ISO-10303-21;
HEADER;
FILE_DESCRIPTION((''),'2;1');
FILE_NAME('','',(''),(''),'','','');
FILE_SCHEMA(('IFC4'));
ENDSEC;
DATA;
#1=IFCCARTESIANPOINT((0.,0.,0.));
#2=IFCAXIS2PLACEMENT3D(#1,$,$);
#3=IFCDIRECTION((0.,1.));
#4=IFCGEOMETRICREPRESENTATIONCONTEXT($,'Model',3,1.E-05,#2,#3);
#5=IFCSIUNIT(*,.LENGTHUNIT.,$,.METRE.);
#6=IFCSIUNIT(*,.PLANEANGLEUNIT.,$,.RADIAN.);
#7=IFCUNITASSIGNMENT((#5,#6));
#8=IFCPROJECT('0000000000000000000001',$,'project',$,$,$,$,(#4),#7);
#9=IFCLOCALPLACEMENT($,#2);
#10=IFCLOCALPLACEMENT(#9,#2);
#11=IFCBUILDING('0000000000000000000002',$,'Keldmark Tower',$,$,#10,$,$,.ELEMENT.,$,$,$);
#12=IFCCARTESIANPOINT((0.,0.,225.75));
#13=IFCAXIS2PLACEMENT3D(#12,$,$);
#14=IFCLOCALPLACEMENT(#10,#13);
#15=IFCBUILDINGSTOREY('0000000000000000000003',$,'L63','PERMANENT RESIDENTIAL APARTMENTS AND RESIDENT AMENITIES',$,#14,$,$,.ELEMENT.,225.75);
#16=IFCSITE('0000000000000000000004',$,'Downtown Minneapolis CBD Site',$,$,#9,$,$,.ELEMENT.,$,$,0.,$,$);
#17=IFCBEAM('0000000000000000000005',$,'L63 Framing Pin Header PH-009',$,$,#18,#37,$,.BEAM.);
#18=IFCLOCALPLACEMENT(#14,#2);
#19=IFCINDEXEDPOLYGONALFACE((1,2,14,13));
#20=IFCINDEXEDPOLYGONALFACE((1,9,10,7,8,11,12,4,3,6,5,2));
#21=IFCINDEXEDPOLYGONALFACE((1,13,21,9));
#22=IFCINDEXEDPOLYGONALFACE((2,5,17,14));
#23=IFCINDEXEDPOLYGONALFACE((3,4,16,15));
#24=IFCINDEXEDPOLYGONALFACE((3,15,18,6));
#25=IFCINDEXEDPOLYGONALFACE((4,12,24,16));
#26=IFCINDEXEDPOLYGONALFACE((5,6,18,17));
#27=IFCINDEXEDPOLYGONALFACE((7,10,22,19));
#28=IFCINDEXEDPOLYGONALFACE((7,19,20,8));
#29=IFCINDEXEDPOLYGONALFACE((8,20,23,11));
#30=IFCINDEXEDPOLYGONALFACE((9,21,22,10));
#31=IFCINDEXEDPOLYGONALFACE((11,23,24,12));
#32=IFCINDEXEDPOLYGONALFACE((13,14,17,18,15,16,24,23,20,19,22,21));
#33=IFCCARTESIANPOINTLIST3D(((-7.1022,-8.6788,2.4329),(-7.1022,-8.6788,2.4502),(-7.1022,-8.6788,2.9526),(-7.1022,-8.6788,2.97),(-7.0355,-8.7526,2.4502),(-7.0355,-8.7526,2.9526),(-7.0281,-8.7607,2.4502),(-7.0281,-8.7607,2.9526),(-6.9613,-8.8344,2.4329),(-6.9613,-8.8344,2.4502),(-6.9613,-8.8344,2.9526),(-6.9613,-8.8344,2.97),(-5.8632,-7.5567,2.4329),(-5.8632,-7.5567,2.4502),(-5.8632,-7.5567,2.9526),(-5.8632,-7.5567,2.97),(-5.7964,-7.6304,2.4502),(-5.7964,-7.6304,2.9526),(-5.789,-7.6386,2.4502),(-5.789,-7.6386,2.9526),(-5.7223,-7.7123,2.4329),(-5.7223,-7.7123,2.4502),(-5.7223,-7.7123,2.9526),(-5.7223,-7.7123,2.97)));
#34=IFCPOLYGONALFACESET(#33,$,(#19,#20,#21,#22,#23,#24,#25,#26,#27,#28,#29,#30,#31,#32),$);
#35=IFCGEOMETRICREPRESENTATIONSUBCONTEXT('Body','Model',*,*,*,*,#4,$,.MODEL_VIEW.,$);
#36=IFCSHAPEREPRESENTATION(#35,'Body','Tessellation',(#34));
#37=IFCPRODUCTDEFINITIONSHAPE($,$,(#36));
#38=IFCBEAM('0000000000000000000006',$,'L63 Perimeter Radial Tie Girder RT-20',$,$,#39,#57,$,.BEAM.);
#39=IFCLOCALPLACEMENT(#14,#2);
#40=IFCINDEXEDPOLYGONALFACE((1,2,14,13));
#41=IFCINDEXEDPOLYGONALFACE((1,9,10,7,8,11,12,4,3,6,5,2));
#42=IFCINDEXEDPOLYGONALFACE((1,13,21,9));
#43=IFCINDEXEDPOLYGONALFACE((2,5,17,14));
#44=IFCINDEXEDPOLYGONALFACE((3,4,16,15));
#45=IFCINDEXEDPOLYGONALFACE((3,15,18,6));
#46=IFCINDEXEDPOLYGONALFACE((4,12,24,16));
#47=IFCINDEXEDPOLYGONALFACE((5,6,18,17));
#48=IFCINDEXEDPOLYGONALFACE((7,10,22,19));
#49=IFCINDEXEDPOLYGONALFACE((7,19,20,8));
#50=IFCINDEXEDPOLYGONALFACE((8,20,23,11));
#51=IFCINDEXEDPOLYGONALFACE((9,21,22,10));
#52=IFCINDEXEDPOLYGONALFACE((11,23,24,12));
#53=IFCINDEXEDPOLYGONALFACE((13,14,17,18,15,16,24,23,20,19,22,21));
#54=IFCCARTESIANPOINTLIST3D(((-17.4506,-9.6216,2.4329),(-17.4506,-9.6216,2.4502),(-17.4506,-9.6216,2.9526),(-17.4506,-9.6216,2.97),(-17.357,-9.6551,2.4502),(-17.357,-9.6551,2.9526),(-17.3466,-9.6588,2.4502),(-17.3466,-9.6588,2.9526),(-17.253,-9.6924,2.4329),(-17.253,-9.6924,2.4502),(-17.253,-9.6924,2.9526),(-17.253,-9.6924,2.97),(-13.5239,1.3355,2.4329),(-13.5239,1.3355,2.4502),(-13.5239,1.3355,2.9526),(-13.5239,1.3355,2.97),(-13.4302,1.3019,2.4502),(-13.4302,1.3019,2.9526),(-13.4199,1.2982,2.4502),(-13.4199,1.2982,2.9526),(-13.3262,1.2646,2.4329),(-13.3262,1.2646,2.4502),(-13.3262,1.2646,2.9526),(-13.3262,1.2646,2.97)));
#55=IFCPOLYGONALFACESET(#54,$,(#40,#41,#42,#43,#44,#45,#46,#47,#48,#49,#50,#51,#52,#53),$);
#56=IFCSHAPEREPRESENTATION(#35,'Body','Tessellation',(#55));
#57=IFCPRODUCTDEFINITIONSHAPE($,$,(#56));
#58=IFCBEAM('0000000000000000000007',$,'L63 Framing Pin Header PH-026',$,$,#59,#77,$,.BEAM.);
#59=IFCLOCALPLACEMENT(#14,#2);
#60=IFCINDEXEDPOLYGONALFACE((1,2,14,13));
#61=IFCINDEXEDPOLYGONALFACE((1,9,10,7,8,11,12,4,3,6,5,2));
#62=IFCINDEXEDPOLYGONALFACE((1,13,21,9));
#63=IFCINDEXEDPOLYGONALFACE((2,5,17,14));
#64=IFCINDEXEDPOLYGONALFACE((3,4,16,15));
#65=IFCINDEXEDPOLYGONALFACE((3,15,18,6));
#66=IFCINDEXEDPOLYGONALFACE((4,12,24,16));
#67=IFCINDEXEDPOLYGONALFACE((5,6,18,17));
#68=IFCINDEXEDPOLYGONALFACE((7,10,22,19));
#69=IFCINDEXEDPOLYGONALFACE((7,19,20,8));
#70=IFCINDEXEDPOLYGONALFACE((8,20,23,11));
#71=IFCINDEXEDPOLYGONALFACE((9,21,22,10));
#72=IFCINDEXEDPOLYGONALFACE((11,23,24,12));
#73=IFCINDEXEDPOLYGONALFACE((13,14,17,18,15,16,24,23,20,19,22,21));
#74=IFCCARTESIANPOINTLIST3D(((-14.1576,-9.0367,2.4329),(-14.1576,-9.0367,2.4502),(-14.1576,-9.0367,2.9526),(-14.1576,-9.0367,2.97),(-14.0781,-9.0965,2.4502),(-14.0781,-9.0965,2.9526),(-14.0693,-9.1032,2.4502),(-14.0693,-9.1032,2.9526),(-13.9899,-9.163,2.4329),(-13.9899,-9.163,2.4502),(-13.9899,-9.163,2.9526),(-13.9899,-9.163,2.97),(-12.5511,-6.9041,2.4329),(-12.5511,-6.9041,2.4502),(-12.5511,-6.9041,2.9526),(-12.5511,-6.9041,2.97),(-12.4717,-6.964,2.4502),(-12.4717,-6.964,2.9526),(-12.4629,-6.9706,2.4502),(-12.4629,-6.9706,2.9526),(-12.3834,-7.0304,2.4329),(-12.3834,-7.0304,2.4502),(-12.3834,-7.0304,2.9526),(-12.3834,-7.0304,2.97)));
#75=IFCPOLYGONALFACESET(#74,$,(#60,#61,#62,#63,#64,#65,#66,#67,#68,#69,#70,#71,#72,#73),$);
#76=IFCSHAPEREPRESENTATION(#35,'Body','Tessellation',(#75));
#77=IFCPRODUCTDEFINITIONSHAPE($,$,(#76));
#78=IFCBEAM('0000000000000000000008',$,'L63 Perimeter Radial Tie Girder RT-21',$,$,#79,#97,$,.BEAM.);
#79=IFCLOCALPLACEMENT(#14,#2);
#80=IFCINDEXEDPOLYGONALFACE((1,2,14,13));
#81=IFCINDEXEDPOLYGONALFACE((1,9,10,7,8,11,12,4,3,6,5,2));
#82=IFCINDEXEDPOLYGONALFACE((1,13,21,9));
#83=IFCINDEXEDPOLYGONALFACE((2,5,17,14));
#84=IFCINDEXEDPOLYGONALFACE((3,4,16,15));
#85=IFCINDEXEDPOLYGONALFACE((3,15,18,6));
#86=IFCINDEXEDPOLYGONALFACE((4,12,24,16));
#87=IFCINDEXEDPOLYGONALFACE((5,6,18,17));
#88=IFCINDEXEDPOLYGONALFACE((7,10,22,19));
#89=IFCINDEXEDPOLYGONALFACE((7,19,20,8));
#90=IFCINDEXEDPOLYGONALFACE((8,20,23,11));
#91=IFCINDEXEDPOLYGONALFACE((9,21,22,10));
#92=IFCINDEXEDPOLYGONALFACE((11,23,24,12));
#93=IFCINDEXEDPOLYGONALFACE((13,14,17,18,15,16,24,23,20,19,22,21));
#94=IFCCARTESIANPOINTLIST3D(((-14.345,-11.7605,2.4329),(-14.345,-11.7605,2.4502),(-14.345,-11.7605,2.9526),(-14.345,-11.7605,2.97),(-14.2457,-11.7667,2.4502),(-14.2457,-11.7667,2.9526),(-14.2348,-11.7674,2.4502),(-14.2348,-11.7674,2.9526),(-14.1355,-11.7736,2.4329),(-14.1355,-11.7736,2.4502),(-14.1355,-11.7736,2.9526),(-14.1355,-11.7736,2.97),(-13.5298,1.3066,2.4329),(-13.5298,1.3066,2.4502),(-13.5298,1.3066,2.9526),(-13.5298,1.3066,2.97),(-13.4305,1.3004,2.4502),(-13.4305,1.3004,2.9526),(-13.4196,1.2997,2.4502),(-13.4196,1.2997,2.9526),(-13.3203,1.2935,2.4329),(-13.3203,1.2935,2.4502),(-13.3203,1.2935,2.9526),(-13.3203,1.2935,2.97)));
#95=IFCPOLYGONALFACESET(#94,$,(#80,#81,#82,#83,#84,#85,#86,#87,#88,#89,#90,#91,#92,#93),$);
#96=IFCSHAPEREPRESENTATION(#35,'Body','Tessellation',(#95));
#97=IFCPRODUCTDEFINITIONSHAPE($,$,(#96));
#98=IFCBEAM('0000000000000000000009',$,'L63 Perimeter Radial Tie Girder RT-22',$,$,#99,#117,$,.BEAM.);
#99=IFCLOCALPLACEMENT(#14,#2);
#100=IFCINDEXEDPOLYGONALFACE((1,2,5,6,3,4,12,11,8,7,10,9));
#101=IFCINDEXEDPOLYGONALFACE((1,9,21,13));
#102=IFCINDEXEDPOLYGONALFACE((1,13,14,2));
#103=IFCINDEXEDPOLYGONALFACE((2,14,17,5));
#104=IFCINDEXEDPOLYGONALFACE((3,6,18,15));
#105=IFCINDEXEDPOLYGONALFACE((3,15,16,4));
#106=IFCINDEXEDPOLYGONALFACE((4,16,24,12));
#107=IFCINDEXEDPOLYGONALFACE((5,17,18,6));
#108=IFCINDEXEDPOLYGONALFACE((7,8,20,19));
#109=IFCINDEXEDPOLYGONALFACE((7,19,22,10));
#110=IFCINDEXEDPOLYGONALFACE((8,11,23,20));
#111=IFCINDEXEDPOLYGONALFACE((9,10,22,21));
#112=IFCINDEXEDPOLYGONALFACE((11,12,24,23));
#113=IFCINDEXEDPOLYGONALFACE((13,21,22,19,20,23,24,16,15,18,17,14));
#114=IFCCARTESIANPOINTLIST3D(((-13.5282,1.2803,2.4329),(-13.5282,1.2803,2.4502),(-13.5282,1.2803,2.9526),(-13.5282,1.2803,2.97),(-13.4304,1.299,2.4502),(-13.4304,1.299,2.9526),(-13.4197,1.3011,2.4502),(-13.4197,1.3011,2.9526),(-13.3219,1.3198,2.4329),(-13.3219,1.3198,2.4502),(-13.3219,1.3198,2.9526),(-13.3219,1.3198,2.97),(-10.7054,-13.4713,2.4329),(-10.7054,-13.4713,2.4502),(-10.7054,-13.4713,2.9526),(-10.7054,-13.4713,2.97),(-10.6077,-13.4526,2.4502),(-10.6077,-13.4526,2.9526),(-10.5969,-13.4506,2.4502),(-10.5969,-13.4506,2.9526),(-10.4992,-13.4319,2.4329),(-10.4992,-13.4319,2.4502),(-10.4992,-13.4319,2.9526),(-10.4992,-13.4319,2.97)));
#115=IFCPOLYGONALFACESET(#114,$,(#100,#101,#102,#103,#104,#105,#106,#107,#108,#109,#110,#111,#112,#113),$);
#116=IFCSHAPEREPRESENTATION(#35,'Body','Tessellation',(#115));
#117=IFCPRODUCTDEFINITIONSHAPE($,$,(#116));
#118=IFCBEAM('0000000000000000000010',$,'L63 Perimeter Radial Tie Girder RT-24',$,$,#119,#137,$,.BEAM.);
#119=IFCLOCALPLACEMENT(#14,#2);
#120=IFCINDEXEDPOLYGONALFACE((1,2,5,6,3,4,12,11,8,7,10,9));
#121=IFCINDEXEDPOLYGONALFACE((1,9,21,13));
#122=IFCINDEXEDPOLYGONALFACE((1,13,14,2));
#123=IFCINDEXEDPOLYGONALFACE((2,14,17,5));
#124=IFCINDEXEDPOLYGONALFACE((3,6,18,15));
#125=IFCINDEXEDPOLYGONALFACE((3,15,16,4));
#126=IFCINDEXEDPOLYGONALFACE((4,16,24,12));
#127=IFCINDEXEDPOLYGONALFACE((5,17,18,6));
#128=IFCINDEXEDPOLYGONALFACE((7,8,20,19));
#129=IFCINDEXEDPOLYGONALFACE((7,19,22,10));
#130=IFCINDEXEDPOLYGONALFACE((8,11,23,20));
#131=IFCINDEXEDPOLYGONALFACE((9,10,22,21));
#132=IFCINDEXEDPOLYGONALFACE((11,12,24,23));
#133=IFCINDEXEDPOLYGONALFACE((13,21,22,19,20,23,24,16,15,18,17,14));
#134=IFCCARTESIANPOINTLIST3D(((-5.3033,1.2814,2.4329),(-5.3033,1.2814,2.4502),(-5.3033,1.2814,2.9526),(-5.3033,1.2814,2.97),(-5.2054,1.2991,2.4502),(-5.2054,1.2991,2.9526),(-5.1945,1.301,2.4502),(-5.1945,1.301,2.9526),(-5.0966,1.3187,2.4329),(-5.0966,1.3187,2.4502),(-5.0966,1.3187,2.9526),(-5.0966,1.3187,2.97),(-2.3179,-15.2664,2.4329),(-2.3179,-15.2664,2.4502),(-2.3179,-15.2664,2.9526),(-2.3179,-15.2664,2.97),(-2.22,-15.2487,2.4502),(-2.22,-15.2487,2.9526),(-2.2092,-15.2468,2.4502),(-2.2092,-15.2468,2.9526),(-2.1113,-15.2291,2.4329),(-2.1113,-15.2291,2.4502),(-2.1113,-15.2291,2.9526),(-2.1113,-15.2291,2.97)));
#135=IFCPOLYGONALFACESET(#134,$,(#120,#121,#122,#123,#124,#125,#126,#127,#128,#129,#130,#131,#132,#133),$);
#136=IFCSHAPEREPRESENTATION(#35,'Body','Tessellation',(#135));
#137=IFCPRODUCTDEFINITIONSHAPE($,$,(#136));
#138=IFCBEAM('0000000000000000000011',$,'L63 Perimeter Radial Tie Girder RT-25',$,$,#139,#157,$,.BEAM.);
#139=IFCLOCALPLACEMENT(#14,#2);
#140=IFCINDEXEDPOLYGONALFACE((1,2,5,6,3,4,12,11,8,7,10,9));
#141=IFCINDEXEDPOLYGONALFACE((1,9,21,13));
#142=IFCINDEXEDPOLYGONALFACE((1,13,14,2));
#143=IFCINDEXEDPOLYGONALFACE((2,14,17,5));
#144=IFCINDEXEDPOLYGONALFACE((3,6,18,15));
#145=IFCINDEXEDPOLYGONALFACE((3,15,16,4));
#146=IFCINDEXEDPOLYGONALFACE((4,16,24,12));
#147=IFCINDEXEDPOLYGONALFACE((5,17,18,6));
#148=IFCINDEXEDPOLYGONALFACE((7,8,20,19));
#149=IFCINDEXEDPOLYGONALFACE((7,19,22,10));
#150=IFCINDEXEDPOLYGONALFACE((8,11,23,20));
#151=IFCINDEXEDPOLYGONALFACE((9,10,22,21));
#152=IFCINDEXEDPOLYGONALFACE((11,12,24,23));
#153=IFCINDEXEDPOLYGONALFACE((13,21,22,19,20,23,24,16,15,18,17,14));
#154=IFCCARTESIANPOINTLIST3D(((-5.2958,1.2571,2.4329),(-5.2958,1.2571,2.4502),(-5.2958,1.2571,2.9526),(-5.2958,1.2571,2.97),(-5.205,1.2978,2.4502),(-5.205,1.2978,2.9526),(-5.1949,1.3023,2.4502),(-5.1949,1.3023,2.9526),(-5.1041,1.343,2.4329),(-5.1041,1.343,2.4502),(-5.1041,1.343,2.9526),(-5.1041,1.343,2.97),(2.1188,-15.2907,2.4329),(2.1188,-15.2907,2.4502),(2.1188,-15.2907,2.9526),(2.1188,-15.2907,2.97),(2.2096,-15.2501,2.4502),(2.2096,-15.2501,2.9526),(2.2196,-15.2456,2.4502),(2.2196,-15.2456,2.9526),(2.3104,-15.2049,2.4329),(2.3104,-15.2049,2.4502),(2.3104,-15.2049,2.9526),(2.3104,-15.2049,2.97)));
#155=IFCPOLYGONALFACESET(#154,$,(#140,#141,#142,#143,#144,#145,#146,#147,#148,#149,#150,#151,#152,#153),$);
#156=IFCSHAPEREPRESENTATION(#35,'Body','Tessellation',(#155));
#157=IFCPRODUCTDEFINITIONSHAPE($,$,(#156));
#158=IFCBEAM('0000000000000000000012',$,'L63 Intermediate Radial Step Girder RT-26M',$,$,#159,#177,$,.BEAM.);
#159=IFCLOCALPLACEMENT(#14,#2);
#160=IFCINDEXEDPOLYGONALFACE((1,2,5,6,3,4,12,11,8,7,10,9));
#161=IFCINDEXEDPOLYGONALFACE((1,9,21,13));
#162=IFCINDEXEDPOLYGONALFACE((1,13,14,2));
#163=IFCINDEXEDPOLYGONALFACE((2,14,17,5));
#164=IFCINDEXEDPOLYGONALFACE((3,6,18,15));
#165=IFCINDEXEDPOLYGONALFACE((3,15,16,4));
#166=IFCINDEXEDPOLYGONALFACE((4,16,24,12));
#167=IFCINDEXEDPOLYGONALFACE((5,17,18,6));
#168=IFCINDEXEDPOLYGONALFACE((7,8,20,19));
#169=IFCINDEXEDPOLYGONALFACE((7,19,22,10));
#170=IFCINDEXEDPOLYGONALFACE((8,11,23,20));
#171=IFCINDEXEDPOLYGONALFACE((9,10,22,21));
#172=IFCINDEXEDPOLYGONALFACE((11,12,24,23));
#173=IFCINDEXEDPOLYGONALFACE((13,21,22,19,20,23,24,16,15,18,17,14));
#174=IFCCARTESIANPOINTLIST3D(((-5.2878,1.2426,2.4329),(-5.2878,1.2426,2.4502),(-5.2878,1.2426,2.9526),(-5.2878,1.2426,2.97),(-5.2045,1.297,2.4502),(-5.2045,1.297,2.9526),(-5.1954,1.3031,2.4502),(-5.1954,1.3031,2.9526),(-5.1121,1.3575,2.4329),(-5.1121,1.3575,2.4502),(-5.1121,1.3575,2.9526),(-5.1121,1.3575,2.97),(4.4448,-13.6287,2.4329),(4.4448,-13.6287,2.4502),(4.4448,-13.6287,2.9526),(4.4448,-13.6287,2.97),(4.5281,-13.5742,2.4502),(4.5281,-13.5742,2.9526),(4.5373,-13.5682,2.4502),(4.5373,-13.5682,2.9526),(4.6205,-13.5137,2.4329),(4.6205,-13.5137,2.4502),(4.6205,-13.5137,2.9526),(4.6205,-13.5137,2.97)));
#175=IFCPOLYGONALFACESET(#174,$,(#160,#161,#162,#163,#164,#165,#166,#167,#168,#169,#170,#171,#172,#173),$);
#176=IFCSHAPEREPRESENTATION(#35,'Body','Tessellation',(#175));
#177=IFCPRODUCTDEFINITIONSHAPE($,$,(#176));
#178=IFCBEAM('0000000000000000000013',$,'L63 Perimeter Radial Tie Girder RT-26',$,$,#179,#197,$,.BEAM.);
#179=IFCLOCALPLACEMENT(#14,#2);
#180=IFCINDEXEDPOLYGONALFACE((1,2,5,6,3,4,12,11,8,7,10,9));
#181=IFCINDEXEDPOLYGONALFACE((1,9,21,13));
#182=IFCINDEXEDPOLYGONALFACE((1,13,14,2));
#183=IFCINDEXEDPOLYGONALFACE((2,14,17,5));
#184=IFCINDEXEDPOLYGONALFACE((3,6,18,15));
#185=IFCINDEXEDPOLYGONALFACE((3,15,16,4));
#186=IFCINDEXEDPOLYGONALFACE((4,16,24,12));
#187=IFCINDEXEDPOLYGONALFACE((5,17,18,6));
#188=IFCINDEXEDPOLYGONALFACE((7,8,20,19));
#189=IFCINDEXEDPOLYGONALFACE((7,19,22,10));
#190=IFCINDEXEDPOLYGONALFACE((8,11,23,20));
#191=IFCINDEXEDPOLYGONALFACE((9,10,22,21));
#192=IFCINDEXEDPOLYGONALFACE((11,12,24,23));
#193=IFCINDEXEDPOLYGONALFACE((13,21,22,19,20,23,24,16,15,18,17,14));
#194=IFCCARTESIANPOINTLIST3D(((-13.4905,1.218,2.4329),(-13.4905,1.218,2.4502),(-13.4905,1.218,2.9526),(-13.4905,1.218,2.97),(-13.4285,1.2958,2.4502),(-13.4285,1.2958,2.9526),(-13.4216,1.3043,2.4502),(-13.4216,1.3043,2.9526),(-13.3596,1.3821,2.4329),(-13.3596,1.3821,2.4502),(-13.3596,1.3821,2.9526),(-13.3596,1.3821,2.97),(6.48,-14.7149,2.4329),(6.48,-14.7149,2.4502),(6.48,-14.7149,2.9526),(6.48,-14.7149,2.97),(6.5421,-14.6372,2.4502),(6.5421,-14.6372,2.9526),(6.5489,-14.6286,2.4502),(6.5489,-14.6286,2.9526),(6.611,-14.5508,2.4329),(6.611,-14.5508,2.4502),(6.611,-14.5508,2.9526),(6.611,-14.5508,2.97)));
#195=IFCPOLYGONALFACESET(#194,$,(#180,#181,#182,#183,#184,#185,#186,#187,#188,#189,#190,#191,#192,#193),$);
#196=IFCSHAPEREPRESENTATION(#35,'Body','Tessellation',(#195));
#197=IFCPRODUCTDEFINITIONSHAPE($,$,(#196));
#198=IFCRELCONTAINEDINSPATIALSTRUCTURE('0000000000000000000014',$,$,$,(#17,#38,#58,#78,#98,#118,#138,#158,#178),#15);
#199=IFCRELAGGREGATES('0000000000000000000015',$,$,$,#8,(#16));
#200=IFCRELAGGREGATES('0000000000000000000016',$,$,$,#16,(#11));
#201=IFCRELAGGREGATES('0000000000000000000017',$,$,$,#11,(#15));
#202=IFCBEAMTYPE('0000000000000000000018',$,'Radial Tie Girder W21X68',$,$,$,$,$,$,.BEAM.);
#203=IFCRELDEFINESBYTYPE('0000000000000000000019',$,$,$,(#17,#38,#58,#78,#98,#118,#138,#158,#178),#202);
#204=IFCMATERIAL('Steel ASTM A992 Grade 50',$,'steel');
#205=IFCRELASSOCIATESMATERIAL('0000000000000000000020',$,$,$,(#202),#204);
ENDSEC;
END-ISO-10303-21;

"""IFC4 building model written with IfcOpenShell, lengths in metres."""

from ifc_helpers import new_model, si_unit, direction, frame, origin, origin_2d, place, context, subcontext, project, spatial, i_section, extrude, material, material_profile, profile_set, type_object, element, save


model = new_model("IFC4")

# Units and contexts
model_context = context("Model", 3, precision=1e-05, world=origin(), true_north=direction((0.0, 1.0)))
body_context = subcontext(model_context, "Body", "Model", "MODEL_VIEW")
ifc_project = project(units=[si_unit("LENGTHUNIT", "METRE"), si_unit("PLANEANGLEUNIT", "RADIAN")], contexts=[model_context])

# Site, building, storey
site_placement = place(None, origin())
site = spatial("IfcSite", under=ifc_project, at=site_placement, Name="Downtown Minneapolis CBD Site", CompositionType="ELEMENT", RefElevation=0.0)
building_placement = place(site_placement, origin())
building = spatial("IfcBuilding", under=site, at=building_placement, Name="Keldmark Tower", CompositionType="ELEMENT")
storey_placement = place(building_placement, frame((0.0, 0.0, 225.75)))
storey = spatial("IfcBuildingStorey", under=building, at=storey_placement, Name="L63", Description="PERMANENT RESIDENTIAL APARTMENTS AND RESIDENT AMENITIES", CompositionType="ELEMENT", Elevation=225.75)

# Beams
ifc_material_1 = material(Name="Steel ASTM A992 Grade 50", Category="steel")
ifc_material_profile_1 = material_profile(ifc_material_1, i_section(OverallWidth=0.21, OverallDepth=0.5371, WebThickness=0.011, FlangeThickness=0.0173, at=origin_2d()), Name="W21X68")
ifc_profile_set_1 = profile_set([ifc_material_profile_1], Name="Steel ASTM A992 Grade 50")
beam_type_1 = type_object("IfcBeamType", Name="Radial Tie Girder W21X68", PredefinedType="BEAM", material=ifc_profile_set_1)
beam_1_placement = place(storey_placement, frame((-5.7927, -7.6345, 2.7014), z_axis=(-0.741221, -0.671261, 0.0), x_axis=(0.671261, -0.741221, 0.0)))
element("IfcBeam", 1, at=beam_1_placement, inside=storey, type_object=beam_type_1, Name="L63 Framing Pin Header PH-009", PredefinedType="BEAM", context=body_context, shape_type="SweptSolid", body=[
    extrude(i_section(OverallWidth=0.21, OverallDepth=0.5371, WebThickness=0.011, FlangeThickness=0.0173, at=origin_2d()), origin(), (0.0, 0.0, 1.0), 1.6716),
])
beam_2_placement = place(storey_placement, frame((-13.425, 1.3, 2.7014), z_axis=(-0.337367, -0.941373, 0.0), x_axis=(0.941373, -0.337367, 0.0)))
element("IfcBeam", 2, at=beam_2_placement, inside=storey, type_object=beam_type_1, Name="L63 Perimeter Radial Tie Girder RT-20", PredefinedType="BEAM", context=body_context, shape_type="SweptSolid", body=[
    extrude(i_section(OverallWidth=0.21, OverallDepth=0.5371, WebThickness=0.011, FlangeThickness=0.0173, at=origin_2d()), origin(), (0.0, 0.0, 1.0), 11.6394),
])
beam_3_placement = place(storey_placement, frame((-12.4673, -6.9673, 2.7014), z_axis=(-0.601681, -0.798736, 0.0), x_axis=(0.798736, -0.601681, 0.0)))
element("IfcBeam", 3, at=beam_3_placement, inside=storey, type_object=beam_type_1, Name="L63 Framing Pin Header PH-026", PredefinedType="BEAM", context=body_context, shape_type="SweptSolid", body=[
    extrude(i_section(OverallWidth=0.21, OverallDepth=0.5371, WebThickness=0.011, FlangeThickness=0.0173, at=origin_2d()), origin(), (0.0, 0.0, 1.0), 2.6699),
])
beam_4_placement = place(storey_placement, frame((-13.425, 1.3, 2.7014), z_axis=(-0.062263, -0.99806, 0.0), x_axis=(0.99806, -0.062263, 0.0)))
element("IfcBeam", 4, at=beam_4_placement, inside=storey, type_object=beam_type_1, Name="L63 Perimeter Radial Tie Girder RT-21", PredefinedType="BEAM", context=body_context, shape_type="SweptSolid", body=[
    extrude(i_section(OverallWidth=0.21, OverallDepth=0.5371, WebThickness=0.011, FlangeThickness=0.0173, at=origin_2d()), origin(), (0.0, 0.0, 1.0), 13.0925),
])
beam_5_placement = place(storey_placement, frame((-13.425, 1.3, 2.7014), z_axis=(0.187941, -0.98218, 0.0), x_axis=(0.98218, 0.187941, 0.0)))
element("IfcBeam", 5, at=beam_5_placement, inside=storey, type_object=beam_type_1, Name="L63 Perimeter Radial Tie Girder RT-22", PredefinedType="BEAM", context=body_context, shape_type="SweptSolid", body=[
    extrude(i_section(OverallWidth=0.21, OverallDepth=0.5371, WebThickness=0.011, FlangeThickness=0.0173, at=origin_2d()), origin(), (0.0, 0.0, 1.0), 15.0193),
])
beam_6_placement = place(storey_placement, frame((-5.2, 1.3, 2.7014), z_axis=(0.177541, -0.984113, 0.0), x_axis=(0.984113, 0.177541, 0.0)))
element("IfcBeam", 6, at=beam_6_placement, inside=storey, type_object=beam_type_1, Name="L63 Perimeter Radial Tie Girder RT-24", PredefinedType="BEAM", context=body_context, shape_type="SweptSolid", body=[
    extrude(i_section(OverallWidth=0.21, OverallDepth=0.5371, WebThickness=0.011, FlangeThickness=0.0173, at=origin_2d()), origin(), (0.0, 0.0, 1.0), 16.8149),
])
beam_7_placement = place(storey_placement, frame((-5.2, 1.3, 2.7014), z_axis=(0.408897, -0.91258, 0.0), x_axis=(0.91258, 0.408897, 0.0)))
element("IfcBeam", 7, at=beam_7_placement, inside=storey, type_object=beam_type_1, Name="L63 Perimeter Radial Tie Girder RT-25", PredefinedType="BEAM", context=body_context, shape_type="SweptSolid", body=[
    extrude(i_section(OverallWidth=0.21, OverallDepth=0.5371, WebThickness=0.011, FlangeThickness=0.0173, at=origin_2d()), origin(), (0.0, 0.0, 1.0), 18.1331),
])
beam_8_placement = place(storey_placement, frame((-5.2, 1.3, 2.7014), z_axis=(0.547608, -0.836735, 0.0), x_axis=(0.836735, 0.547608, 0.0)))
element("IfcBeam", 8, at=beam_8_placement, inside=storey, type_object=beam_type_1, Name="L63 Intermediate Radial Step Girder RT-26M", PredefinedType="BEAM", context=body_context, shape_type="SweptSolid", body=[
    extrude(i_section(OverallWidth=0.21, OverallDepth=0.5371, WebThickness=0.011, FlangeThickness=0.0173, at=origin_2d()), origin(), (0.0, 0.0, 1.0), 17.7729),
])
beam_9_placement = place(storey_placement, frame((-13.425, 1.3, 2.7014), z_axis=(0.781699, -0.623656, 0.0), x_axis=(0.623656, 0.781699, 0.0)))
element("IfcBeam", 9, at=beam_9_placement, inside=storey, type_object=beam_type_1, Name="L63 Perimeter Radial Tie Girder RT-26", PredefinedType="BEAM", context=body_context, shape_type="SweptSolid", body=[
    extrude(i_section(OverallWidth=0.21, OverallDepth=0.5371, WebThickness=0.011, FlangeThickness=0.0173, at=origin_2d()), origin(), (0.0, 0.0, 1.0), 25.5476),
])

save(model, "model.ifc")
